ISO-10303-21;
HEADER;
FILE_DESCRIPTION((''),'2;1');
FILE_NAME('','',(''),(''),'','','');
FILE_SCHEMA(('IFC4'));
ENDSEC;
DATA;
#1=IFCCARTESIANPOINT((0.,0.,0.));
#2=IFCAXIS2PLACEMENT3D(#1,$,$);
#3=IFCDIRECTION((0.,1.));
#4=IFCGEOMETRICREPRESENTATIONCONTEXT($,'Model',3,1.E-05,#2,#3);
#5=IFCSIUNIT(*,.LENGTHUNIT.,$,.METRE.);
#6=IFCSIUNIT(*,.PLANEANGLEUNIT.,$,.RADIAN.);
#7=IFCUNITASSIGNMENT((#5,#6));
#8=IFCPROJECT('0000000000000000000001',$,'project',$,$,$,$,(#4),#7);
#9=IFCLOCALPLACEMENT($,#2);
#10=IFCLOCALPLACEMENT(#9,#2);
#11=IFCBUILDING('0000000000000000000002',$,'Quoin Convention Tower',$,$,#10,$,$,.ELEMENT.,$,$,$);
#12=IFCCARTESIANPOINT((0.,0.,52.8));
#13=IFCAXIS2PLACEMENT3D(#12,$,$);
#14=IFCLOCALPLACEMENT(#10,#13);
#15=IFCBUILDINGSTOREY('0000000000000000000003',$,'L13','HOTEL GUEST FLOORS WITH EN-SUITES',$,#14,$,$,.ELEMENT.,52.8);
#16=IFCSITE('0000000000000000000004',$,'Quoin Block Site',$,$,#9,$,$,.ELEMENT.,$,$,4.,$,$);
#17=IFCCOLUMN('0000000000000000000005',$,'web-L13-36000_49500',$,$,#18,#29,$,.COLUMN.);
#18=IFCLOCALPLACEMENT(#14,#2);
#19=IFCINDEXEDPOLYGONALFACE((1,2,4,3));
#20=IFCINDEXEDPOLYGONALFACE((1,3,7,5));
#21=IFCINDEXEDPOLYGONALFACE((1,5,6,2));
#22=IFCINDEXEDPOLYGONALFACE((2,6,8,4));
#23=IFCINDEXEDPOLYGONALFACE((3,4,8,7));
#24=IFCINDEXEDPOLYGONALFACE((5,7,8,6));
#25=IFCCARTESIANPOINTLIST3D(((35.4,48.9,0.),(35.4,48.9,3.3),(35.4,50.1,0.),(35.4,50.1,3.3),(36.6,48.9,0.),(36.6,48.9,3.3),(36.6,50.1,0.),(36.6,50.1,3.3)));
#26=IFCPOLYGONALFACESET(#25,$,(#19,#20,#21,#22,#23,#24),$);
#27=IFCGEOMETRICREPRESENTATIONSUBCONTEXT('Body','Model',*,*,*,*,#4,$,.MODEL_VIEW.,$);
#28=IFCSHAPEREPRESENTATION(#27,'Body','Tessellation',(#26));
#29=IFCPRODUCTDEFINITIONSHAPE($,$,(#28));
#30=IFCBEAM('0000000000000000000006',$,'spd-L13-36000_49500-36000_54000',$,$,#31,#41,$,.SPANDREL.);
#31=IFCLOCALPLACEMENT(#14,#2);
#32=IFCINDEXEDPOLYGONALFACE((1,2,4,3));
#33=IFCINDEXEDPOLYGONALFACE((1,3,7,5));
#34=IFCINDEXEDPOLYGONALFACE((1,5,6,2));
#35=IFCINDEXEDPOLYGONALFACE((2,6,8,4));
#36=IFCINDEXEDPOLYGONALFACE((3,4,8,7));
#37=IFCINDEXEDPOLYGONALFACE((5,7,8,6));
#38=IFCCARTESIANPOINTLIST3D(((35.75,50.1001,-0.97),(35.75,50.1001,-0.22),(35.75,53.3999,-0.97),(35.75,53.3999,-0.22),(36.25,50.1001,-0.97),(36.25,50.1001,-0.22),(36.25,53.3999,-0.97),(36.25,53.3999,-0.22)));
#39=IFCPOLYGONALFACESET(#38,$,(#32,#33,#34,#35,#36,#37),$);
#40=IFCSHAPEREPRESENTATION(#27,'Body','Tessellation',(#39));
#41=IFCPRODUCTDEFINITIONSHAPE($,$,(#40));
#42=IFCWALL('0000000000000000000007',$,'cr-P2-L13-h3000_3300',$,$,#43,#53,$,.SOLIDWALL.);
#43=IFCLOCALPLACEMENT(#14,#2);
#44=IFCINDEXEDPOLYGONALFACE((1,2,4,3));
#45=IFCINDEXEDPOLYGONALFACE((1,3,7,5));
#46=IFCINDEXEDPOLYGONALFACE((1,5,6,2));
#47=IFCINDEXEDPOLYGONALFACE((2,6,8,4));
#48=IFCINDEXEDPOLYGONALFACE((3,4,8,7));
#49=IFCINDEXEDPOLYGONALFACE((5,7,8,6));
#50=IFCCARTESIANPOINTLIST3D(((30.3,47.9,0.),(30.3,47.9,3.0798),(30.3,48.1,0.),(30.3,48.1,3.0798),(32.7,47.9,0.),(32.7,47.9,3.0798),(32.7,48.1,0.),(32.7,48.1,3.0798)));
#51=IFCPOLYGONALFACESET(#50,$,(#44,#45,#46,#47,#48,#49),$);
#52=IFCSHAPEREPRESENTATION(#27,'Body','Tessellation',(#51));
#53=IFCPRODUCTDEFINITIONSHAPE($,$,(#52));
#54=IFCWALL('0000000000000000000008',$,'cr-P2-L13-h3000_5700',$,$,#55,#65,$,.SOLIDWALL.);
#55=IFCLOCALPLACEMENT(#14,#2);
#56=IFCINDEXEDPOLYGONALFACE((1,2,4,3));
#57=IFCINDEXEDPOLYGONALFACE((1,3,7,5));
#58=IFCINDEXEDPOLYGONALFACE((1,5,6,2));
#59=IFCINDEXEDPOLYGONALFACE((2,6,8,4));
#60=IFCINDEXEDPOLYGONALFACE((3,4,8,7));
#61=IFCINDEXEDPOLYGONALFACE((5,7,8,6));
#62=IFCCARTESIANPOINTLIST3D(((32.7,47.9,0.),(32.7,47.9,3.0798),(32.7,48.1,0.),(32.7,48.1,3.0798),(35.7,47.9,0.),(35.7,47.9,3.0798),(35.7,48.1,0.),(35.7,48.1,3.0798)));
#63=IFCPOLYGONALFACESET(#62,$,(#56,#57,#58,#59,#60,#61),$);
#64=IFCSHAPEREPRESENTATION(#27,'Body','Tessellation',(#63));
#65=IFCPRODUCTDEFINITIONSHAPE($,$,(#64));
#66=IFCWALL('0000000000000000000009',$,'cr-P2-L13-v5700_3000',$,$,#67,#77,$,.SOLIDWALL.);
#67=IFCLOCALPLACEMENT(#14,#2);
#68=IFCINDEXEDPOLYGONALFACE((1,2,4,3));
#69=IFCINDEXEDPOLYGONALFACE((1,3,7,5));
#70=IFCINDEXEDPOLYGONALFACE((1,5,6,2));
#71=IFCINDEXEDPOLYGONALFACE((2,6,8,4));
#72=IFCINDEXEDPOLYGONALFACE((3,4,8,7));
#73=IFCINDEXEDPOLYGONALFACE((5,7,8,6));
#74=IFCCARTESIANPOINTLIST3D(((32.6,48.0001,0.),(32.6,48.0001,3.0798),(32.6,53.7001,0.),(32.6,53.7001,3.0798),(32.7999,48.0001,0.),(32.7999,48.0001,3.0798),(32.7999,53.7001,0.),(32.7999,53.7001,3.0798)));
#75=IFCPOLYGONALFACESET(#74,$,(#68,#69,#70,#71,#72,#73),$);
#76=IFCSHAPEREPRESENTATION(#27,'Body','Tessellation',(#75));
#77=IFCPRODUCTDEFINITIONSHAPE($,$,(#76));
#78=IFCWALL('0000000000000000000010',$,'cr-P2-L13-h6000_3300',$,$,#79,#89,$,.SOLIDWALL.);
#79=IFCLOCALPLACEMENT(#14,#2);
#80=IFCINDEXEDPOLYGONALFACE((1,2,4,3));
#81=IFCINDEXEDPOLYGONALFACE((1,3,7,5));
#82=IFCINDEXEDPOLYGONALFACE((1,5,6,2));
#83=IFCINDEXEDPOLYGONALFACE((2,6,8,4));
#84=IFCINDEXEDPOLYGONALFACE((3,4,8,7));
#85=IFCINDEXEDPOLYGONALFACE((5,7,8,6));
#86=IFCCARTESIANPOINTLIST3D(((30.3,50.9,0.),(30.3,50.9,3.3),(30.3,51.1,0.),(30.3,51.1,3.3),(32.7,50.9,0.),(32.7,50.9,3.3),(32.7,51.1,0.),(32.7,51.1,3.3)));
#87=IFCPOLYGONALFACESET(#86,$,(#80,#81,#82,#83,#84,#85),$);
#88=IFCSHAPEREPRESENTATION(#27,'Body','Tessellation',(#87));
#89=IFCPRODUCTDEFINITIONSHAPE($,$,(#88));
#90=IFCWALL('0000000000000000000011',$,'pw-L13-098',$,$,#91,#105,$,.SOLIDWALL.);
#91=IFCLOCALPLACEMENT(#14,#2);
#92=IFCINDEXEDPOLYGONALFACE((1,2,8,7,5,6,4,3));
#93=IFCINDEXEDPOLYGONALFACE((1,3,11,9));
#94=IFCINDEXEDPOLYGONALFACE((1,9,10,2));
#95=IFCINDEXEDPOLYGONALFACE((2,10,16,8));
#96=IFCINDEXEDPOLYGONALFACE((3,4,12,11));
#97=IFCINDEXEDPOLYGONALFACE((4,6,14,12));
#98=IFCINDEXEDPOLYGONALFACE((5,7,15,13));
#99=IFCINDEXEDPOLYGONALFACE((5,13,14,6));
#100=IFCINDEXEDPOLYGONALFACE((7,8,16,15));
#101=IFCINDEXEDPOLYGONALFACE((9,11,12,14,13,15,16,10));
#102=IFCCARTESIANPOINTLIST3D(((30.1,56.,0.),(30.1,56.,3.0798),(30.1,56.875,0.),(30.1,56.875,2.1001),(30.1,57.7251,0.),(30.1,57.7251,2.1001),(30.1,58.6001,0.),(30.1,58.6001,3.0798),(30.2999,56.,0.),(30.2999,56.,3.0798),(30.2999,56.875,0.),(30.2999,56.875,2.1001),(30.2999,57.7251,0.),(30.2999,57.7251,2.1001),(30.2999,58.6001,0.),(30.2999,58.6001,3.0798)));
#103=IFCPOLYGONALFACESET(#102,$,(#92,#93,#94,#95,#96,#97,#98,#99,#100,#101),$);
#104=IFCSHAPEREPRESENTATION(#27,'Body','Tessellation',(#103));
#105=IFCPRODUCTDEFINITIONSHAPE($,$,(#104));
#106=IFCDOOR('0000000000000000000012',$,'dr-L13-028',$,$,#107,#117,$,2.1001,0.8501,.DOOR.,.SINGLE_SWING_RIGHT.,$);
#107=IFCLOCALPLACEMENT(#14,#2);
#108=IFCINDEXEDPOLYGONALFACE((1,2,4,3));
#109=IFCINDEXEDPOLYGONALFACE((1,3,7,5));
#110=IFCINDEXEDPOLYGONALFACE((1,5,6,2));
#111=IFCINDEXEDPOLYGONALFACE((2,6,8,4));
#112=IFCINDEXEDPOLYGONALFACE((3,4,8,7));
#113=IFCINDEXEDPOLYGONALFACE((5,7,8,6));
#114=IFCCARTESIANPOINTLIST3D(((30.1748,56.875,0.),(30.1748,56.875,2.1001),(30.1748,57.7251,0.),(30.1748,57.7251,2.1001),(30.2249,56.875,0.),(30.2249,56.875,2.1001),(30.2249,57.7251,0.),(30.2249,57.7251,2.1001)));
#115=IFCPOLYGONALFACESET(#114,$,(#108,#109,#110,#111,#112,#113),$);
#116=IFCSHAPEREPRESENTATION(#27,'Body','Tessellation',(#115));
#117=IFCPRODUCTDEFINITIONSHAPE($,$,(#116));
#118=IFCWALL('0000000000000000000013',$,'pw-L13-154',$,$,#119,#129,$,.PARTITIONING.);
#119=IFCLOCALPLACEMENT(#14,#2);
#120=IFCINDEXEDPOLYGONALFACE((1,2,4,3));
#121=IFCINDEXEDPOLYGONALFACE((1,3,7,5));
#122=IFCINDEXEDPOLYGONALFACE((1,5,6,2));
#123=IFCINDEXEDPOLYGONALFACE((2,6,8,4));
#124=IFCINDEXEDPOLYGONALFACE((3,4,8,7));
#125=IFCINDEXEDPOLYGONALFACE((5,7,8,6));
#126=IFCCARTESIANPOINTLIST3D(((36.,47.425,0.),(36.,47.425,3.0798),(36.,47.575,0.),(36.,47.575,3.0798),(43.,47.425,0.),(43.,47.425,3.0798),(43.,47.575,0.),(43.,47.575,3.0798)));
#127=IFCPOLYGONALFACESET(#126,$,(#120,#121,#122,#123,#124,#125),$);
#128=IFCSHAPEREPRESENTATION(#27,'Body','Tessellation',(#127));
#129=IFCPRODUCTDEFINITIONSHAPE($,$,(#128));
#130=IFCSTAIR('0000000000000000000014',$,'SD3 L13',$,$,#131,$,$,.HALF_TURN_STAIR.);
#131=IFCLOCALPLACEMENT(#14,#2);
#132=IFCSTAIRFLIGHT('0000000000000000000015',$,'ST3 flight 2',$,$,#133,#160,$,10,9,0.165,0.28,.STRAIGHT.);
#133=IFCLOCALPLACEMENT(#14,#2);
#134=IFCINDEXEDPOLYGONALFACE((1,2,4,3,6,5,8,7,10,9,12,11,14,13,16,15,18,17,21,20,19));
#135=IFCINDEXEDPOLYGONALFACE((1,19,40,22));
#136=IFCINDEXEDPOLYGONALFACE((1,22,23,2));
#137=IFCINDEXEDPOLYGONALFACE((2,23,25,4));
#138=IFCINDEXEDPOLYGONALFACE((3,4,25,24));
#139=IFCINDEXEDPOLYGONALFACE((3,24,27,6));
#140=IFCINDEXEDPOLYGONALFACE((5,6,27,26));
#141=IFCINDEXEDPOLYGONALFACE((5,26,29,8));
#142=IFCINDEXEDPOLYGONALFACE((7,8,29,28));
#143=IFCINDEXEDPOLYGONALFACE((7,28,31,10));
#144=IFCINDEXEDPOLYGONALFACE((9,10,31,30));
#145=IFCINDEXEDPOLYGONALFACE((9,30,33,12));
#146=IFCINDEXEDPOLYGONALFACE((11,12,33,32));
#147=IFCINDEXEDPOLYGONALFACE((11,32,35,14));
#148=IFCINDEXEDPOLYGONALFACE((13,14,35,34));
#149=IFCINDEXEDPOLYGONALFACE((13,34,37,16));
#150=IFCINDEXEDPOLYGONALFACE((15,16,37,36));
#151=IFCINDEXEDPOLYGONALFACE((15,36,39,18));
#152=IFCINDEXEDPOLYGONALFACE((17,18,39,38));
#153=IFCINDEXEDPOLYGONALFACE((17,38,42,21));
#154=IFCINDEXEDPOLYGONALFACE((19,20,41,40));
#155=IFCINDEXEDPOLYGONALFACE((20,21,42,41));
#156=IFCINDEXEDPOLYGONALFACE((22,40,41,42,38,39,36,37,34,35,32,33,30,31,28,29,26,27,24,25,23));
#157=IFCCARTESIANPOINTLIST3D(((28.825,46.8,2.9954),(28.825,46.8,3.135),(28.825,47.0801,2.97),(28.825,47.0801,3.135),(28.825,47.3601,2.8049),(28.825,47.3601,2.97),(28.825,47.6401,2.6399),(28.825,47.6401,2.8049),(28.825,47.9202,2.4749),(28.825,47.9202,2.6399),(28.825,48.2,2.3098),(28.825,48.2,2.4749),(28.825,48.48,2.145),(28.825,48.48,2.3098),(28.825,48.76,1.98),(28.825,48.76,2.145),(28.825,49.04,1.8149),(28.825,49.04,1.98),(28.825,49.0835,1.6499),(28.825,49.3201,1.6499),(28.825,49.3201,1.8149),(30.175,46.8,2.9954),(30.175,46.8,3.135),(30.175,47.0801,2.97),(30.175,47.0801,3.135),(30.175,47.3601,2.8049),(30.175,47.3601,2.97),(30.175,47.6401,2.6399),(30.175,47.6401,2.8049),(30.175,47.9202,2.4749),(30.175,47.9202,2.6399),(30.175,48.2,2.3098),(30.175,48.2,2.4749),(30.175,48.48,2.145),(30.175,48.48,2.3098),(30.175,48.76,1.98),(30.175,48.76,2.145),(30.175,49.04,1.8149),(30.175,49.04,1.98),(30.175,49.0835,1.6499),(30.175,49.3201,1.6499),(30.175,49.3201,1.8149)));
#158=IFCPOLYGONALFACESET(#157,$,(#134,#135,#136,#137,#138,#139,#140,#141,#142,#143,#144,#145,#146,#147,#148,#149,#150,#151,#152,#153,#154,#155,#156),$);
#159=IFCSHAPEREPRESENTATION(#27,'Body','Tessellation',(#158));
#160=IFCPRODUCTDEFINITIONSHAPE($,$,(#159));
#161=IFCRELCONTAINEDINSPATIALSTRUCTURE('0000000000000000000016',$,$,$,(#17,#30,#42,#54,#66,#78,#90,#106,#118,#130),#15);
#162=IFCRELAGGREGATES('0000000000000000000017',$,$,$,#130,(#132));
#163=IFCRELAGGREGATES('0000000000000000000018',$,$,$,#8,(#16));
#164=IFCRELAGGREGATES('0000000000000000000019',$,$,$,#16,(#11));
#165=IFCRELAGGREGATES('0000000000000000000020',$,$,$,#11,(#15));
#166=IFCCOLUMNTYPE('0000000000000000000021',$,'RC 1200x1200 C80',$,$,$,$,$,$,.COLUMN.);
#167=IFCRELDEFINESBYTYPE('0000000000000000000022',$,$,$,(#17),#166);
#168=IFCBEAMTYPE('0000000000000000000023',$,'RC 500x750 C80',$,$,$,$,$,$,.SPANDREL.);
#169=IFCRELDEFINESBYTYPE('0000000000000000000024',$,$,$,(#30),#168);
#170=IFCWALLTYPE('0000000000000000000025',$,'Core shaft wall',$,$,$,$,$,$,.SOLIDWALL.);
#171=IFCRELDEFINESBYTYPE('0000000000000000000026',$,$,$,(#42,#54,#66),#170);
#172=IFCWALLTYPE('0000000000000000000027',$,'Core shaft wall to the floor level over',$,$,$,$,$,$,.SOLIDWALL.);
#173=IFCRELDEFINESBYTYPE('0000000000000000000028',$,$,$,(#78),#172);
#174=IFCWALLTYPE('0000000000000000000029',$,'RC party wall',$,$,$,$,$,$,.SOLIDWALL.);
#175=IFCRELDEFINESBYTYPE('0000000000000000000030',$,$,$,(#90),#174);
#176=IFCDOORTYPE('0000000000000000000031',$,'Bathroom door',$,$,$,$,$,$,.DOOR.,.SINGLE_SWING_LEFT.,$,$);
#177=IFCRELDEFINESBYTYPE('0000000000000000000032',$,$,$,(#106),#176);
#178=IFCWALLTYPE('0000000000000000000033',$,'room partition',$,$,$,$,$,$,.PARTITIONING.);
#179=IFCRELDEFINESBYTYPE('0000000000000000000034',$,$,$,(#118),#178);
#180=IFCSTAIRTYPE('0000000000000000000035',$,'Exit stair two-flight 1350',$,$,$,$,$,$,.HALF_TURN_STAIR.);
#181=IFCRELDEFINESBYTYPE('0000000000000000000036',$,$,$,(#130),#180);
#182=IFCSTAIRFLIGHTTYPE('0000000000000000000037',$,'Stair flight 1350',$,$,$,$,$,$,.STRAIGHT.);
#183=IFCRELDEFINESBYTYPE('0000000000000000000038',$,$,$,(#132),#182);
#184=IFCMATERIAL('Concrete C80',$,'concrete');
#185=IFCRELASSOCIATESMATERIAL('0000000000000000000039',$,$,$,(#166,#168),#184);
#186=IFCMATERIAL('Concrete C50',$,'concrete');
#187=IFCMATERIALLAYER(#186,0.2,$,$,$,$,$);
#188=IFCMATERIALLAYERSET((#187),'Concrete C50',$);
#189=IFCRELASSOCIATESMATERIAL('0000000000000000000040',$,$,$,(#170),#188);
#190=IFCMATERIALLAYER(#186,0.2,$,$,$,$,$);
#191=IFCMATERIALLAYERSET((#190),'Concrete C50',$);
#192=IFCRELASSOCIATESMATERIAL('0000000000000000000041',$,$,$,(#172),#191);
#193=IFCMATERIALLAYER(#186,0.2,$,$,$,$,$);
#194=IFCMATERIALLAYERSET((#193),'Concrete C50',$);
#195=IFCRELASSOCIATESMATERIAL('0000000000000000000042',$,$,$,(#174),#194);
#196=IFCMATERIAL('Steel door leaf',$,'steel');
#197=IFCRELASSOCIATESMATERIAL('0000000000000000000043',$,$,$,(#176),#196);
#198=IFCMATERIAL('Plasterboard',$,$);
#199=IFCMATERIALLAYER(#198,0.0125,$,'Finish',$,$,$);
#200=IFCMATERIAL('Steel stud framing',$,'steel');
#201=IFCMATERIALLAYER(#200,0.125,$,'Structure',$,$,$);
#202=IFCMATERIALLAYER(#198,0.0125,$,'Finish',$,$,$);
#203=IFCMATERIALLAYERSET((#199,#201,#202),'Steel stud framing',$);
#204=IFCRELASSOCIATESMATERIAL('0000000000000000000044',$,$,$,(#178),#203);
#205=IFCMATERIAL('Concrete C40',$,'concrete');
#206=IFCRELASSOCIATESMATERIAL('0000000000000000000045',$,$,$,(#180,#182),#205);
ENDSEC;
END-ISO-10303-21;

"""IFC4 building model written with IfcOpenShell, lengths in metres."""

from ifc_helpers import new_model, si_unit, direction, frame, frame_2d, origin, origin_2d, place, context, subcontext, project, spatial, polyline, rectangle, outline, extrude, material, layer, layer_set, material_profile, profile_set, type_object, element, fill, aggregate, save


model = new_model("IFC4")

# Units and contexts
model_context = context("Model", 3, precision=1e-05, world=origin(), true_north=direction((0.0, 1.0)))
body_context = subcontext(model_context, "Body", "Model", "MODEL_VIEW")
ifc_project = project(units=[si_unit("LENGTHUNIT", "METRE"), si_unit("PLANEANGLEUNIT", "RADIAN")], contexts=[model_context])

# Site, building, storey
site_placement = place(None, origin())
site = spatial("IfcSite", under=ifc_project, at=site_placement, Name="Quoin Block Site", CompositionType="ELEMENT", RefElevation=4.0)
building_placement = place(site_placement, origin())
building = spatial("IfcBuilding", under=site, at=building_placement, Name="Quoin Convention Tower", CompositionType="ELEMENT")
storey_placement = place(building_placement, frame((0.0, 0.0, 52.8)))
storey = spatial("IfcBuildingStorey", under=building, at=storey_placement, Name="L13", Description="HOTEL GUEST FLOORS WITH EN-SUITES", CompositionType="ELEMENT", Elevation=52.8)

# Column
ifc_material_1 = material(Name="Concrete C80", Category="concrete")
ifc_material_profile_1 = material_profile(ifc_material_1, rectangle(XDim=1.2, YDim=1.2, at=origin_2d()), Name="RC 1200x1200")
ifc_profile_set_1 = profile_set([ifc_material_profile_1], Name="Concrete C80")
column_type = type_object("IfcColumnType", Name="RC 1200x1200 C80", PredefinedType="COLUMN", material=ifc_profile_set_1)
column_placement = place(storey_placement, frame((36.0, 49.5, 0.0), z_axis=(0.0, 0.0, 1.0), x_axis=(1.0, 0.0, 0.0)))
element("IfcColumn", 1, at=column_placement, inside=storey, type_object=column_type, Name="web-L13-36000_49500", PredefinedType="COLUMN", context=body_context, shape_type="SweptSolid", body=[
    extrude(rectangle(XDim=1.2, YDim=1.2, at=origin_2d()), origin(), (0.0, 0.0, 1.0), 3.3),
])

# Beam
ifc_material_profile_2 = material_profile(ifc_material_1, rectangle(XDim=0.5, YDim=0.75, at=origin_2d()), Name="RC 500x750")
ifc_profile_set_2 = profile_set([ifc_material_profile_2], Name="Concrete C80")
beam_type = type_object("IfcBeamType", Name="RC 500x750 C80", PredefinedType="SPANDREL", material=ifc_profile_set_2)
beam_placement = place(storey_placement, frame((36.0, 50.1001, -0.595), z_axis=(0.0, 1.0, 0.0), x_axis=(-1.0, 0.0, 0.0)))
element("IfcBeam", 2, at=beam_placement, inside=storey, type_object=beam_type, Name="spd-L13-36000_49500-36000_54000", PredefinedType="SPANDREL", context=body_context, shape_type="SweptSolid", body=[
    extrude(rectangle(XDim=0.5, YDim=0.75, at=origin_2d()), origin(), (0.0, 0.0, 1.0), 3.2998),
])

# Walls
ifc_material_2 = material(Name="Concrete C50", Category="concrete")
ifc_layer_1 = layer(ifc_material_2, 0.2)
ifc_layer_set_1 = layer_set([ifc_layer_1], Name="Concrete C50")
wall_type_1 = type_object("IfcWallType", Name="Core shaft wall", PredefinedType="SOLIDWALL", material=ifc_layer_set_1)
wall_1_placement = place(storey_placement, frame((30.3, 48.0, 0.0), z_axis=(0.0, 0.0, 1.0), x_axis=(1.0, 0.0, 0.0)))
element("IfcWall", 3, at=wall_1_placement, inside=storey, type_object=wall_type_1, Name="cr-P2-L13-h3000_3300", PredefinedType="SOLIDWALL", context=body_context, shape_type="SweptSolid", body=[
    extrude(rectangle(XDim=2.3999, YDim=0.2, at=frame_2d((1.2, 0.0))), origin(), (0.0, 0.0, 1.0), 3.0798),
])
wall_2_placement = place(storey_placement, frame((32.7, 48.0, 0.0), z_axis=(0.0, 0.0, 1.0), x_axis=(1.0, 0.0, 0.0)))
element("IfcWall", 4, at=wall_2_placement, inside=storey, type_object=wall_type_1, Name="cr-P2-L13-h3000_5700", PredefinedType="SOLIDWALL", context=body_context, shape_type="SweptSolid", body=[
    extrude(rectangle(XDim=3.0, YDim=0.2, at=frame_2d((1.5, 0.0))), origin(), (0.0, 0.0, 1.0), 3.0798),
])
wall_3_placement = place(storey_placement, frame((32.7, 48.0, 0.0), z_axis=(0.0, 0.0, 1.0), x_axis=(0.0, 1.0, 0.0)))
element("IfcWall", 5, at=wall_3_placement, inside=storey, type_object=wall_type_1, Name="cr-P2-L13-v5700_3000", PredefinedType="SOLIDWALL", context=body_context, shape_type="SweptSolid", body=[
    extrude(rectangle(XDim=5.7, YDim=0.2, at=frame_2d((2.8501, 0.0))), origin(), (0.0, 0.0, 1.0), 3.0798),
])
ifc_layer_2 = layer(ifc_material_2, 0.2)
ifc_layer_set_2 = layer_set([ifc_layer_2], Name="Concrete C50")
wall_type_2 = type_object("IfcWallType", Name="Core shaft wall to the floor level over", PredefinedType="SOLIDWALL", material=ifc_layer_set_2)
wall_4_placement = place(storey_placement, frame((30.3, 51.0, 0.0), z_axis=(0.0, 0.0, 1.0), x_axis=(1.0, 0.0, 0.0)))
element("IfcWall", 6, at=wall_4_placement, inside=storey, type_object=wall_type_2, Name="cr-P2-L13-h6000_3300", PredefinedType="SOLIDWALL", context=body_context, shape_type="SweptSolid", body=[
    extrude(rectangle(XDim=2.3999, YDim=0.2, at=frame_2d((1.2, 0.0))), origin(), (0.0, 0.0, 1.0), 3.3),
])

# Wall, opening, door
ifc_layer_3 = layer(ifc_material_2, 0.2)
ifc_layer_set_3 = layer_set([ifc_layer_3], Name="Concrete C50")
wall_type_3 = type_object("IfcWallType", Name="RC party wall", PredefinedType="SOLIDWALL", material=ifc_layer_set_3)
wall_5_placement = place(storey_placement, frame((30.2, 56.0, 0.0), z_axis=(0.0, 0.0, 1.0), x_axis=(0.0, 1.0, 0.0)))
wall_5 = element("IfcWall", 7, at=wall_5_placement, inside=storey, type_object=wall_type_3, Name="pw-L13-098", PredefinedType="SOLIDWALL", context=body_context, shape_type="SweptSolid", body=[
    extrude(rectangle(XDim=2.6001, YDim=0.2, at=frame_2d((1.3, 0.0))), origin(), (0.0, 0.0, 1.0), 3.0798),
])
opening_placement = place(wall_5_placement, frame((0.875, 0.0, 0.0)))
opening = element("IfcOpeningElement", 8, at=opening_placement, cuts=wall_5, PredefinedType="OPENING", context=body_context, shape_type="SweptSolid", body=[
    extrude(rectangle(XDim=0.8501, YDim=2.1001, at=frame_2d((0.425, 1.05))), frame((0.0, 0.1099, 0.0), z_axis=(0.0, -1.0, 0.0), x_axis=(1.0, 0.0, 0.0)), (0.0, 0.0, 1.0), 0.22),
])
ifc_material_3 = material(Name="Steel door leaf", Category="steel")
door_type = type_object("IfcDoorType", Name="Bathroom door", OperationType="SINGLE_SWING_LEFT", PredefinedType="DOOR", material=ifc_material_3)
door_placement = place(opening_placement, frame((0.8501, 0.0, 0.0), z_axis=(0.0, 0.0, 1.0), x_axis=(-1.0, 0.0, 0.0)))
door = element("IfcDoor", 9, at=door_placement, inside=storey, type_object=door_type, Name="dr-L13-028", OperationType="SINGLE_SWING_RIGHT", OverallHeight=2.1001, OverallWidth=0.8501, PredefinedType="DOOR", context=body_context, shape_type="SweptSolid", body=[
    extrude(rectangle(XDim=0.8501, YDim=2.1001, at=frame_2d((0.425, 1.05))), frame((0.0, 0.0249, 0.0), z_axis=(0.0, -1.0, 0.0), x_axis=(1.0, 0.0, 0.0)), (0.0, 0.0, 1.0), 0.05),
])
fill(opening, door)

# Wall
ifc_material_4 = material(Name="Plasterboard")
ifc_layer_4 = layer(ifc_material_4, 0.0125, Name="Finish")
ifc_material_5 = material(Name="Steel stud framing", Category="steel")
ifc_layer_5 = layer(ifc_material_5, 0.125, Name="Structure")
ifc_layer_6 = layer(ifc_material_4, 0.0125, Name="Finish")
ifc_layer_set_4 = layer_set([ifc_layer_4, ifc_layer_5, ifc_layer_6], Name="Steel stud framing")
wall_type_4 = type_object("IfcWallType", Name="room partition", PredefinedType="PARTITIONING", material=ifc_layer_set_4)
wall_6_placement = place(storey_placement, frame((36.0, 47.5, 0.0), z_axis=(0.0, 0.0, 1.0), x_axis=(1.0, 0.0, 0.0)))
element("IfcWall", 10, at=wall_6_placement, inside=storey, type_object=wall_type_4, Name="pw-L13-154", PredefinedType="PARTITIONING", context=body_context, shape_type="SweptSolid", body=[
    extrude(rectangle(XDim=7.0, YDim=0.1499, at=frame_2d((3.5, 0.0))), origin(), (0.0, 0.0, 1.0), 3.0798),
])

# Stair, stair flight
ifc_material_6 = material(Name="Concrete C40", Category="concrete")
stair_type = type_object("IfcStairType", Name="Exit stair two-flight 1350", PredefinedType="HALF_TURN_STAIR", material=ifc_material_6)
stair_1_placement = place(storey_placement, origin())
stair_1 = element("IfcStair", 11, at=stair_1_placement, inside=storey, type_object=stair_type, Name="SD3 L13", PredefinedType="HALF_TURN_STAIR")
stair_flight_type = type_object("IfcStairFlightType", Name="Stair flight 1350", PredefinedType="STRAIGHT", material=ifc_material_6)
stair_flight_1_placement = place(storey_placement, frame((29.5, 49.3201, 1.6499), z_axis=(0.0, 0.0, 1.0), x_axis=(0.0, -1.0, 0.0)))
stair_flight_1 = element("IfcStairFlight", 12, at=stair_flight_1_placement, type_object=stair_flight_type, Name="ST3 flight 2", NumberOfRisers=10, NumberOfTreads=9, PredefinedType="STRAIGHT", RiserHeight=0.165, TreadLength=0.28, context=body_context, shape_type="SweptSolid", body=[
    extrude(outline(polyline([(0.0, 0.0), (0.0, 0.165), (0.28, 0.165), (0.28, 0.3301), (0.5601, 0.3301), (0.5601, 0.4951), (0.8401, 0.4951), (0.8401, 0.6599), (1.1201, 0.6599), (1.1201, 0.825), (1.3999, 0.825), (1.3999, 0.99), (1.6799, 0.99), (1.6799, 1.155), (1.96, 1.155), (1.96, 1.3201), (2.24, 1.3201), (2.24, 1.4851), (2.52, 1.4851), (2.52, 1.6499), (2.52, 1.3455), (0.2366, 0.0), (0.0, 0.0)])), frame((0.0, 0.675, 0.0), z_axis=(0.0, -1.0, 0.0), x_axis=(1.0, 0.0, 0.0)), (0.0, 0.0, 1.0), 1.3501),
])
aggregate(stair_1, [stair_flight_1])

save(model, "model.ifc")
